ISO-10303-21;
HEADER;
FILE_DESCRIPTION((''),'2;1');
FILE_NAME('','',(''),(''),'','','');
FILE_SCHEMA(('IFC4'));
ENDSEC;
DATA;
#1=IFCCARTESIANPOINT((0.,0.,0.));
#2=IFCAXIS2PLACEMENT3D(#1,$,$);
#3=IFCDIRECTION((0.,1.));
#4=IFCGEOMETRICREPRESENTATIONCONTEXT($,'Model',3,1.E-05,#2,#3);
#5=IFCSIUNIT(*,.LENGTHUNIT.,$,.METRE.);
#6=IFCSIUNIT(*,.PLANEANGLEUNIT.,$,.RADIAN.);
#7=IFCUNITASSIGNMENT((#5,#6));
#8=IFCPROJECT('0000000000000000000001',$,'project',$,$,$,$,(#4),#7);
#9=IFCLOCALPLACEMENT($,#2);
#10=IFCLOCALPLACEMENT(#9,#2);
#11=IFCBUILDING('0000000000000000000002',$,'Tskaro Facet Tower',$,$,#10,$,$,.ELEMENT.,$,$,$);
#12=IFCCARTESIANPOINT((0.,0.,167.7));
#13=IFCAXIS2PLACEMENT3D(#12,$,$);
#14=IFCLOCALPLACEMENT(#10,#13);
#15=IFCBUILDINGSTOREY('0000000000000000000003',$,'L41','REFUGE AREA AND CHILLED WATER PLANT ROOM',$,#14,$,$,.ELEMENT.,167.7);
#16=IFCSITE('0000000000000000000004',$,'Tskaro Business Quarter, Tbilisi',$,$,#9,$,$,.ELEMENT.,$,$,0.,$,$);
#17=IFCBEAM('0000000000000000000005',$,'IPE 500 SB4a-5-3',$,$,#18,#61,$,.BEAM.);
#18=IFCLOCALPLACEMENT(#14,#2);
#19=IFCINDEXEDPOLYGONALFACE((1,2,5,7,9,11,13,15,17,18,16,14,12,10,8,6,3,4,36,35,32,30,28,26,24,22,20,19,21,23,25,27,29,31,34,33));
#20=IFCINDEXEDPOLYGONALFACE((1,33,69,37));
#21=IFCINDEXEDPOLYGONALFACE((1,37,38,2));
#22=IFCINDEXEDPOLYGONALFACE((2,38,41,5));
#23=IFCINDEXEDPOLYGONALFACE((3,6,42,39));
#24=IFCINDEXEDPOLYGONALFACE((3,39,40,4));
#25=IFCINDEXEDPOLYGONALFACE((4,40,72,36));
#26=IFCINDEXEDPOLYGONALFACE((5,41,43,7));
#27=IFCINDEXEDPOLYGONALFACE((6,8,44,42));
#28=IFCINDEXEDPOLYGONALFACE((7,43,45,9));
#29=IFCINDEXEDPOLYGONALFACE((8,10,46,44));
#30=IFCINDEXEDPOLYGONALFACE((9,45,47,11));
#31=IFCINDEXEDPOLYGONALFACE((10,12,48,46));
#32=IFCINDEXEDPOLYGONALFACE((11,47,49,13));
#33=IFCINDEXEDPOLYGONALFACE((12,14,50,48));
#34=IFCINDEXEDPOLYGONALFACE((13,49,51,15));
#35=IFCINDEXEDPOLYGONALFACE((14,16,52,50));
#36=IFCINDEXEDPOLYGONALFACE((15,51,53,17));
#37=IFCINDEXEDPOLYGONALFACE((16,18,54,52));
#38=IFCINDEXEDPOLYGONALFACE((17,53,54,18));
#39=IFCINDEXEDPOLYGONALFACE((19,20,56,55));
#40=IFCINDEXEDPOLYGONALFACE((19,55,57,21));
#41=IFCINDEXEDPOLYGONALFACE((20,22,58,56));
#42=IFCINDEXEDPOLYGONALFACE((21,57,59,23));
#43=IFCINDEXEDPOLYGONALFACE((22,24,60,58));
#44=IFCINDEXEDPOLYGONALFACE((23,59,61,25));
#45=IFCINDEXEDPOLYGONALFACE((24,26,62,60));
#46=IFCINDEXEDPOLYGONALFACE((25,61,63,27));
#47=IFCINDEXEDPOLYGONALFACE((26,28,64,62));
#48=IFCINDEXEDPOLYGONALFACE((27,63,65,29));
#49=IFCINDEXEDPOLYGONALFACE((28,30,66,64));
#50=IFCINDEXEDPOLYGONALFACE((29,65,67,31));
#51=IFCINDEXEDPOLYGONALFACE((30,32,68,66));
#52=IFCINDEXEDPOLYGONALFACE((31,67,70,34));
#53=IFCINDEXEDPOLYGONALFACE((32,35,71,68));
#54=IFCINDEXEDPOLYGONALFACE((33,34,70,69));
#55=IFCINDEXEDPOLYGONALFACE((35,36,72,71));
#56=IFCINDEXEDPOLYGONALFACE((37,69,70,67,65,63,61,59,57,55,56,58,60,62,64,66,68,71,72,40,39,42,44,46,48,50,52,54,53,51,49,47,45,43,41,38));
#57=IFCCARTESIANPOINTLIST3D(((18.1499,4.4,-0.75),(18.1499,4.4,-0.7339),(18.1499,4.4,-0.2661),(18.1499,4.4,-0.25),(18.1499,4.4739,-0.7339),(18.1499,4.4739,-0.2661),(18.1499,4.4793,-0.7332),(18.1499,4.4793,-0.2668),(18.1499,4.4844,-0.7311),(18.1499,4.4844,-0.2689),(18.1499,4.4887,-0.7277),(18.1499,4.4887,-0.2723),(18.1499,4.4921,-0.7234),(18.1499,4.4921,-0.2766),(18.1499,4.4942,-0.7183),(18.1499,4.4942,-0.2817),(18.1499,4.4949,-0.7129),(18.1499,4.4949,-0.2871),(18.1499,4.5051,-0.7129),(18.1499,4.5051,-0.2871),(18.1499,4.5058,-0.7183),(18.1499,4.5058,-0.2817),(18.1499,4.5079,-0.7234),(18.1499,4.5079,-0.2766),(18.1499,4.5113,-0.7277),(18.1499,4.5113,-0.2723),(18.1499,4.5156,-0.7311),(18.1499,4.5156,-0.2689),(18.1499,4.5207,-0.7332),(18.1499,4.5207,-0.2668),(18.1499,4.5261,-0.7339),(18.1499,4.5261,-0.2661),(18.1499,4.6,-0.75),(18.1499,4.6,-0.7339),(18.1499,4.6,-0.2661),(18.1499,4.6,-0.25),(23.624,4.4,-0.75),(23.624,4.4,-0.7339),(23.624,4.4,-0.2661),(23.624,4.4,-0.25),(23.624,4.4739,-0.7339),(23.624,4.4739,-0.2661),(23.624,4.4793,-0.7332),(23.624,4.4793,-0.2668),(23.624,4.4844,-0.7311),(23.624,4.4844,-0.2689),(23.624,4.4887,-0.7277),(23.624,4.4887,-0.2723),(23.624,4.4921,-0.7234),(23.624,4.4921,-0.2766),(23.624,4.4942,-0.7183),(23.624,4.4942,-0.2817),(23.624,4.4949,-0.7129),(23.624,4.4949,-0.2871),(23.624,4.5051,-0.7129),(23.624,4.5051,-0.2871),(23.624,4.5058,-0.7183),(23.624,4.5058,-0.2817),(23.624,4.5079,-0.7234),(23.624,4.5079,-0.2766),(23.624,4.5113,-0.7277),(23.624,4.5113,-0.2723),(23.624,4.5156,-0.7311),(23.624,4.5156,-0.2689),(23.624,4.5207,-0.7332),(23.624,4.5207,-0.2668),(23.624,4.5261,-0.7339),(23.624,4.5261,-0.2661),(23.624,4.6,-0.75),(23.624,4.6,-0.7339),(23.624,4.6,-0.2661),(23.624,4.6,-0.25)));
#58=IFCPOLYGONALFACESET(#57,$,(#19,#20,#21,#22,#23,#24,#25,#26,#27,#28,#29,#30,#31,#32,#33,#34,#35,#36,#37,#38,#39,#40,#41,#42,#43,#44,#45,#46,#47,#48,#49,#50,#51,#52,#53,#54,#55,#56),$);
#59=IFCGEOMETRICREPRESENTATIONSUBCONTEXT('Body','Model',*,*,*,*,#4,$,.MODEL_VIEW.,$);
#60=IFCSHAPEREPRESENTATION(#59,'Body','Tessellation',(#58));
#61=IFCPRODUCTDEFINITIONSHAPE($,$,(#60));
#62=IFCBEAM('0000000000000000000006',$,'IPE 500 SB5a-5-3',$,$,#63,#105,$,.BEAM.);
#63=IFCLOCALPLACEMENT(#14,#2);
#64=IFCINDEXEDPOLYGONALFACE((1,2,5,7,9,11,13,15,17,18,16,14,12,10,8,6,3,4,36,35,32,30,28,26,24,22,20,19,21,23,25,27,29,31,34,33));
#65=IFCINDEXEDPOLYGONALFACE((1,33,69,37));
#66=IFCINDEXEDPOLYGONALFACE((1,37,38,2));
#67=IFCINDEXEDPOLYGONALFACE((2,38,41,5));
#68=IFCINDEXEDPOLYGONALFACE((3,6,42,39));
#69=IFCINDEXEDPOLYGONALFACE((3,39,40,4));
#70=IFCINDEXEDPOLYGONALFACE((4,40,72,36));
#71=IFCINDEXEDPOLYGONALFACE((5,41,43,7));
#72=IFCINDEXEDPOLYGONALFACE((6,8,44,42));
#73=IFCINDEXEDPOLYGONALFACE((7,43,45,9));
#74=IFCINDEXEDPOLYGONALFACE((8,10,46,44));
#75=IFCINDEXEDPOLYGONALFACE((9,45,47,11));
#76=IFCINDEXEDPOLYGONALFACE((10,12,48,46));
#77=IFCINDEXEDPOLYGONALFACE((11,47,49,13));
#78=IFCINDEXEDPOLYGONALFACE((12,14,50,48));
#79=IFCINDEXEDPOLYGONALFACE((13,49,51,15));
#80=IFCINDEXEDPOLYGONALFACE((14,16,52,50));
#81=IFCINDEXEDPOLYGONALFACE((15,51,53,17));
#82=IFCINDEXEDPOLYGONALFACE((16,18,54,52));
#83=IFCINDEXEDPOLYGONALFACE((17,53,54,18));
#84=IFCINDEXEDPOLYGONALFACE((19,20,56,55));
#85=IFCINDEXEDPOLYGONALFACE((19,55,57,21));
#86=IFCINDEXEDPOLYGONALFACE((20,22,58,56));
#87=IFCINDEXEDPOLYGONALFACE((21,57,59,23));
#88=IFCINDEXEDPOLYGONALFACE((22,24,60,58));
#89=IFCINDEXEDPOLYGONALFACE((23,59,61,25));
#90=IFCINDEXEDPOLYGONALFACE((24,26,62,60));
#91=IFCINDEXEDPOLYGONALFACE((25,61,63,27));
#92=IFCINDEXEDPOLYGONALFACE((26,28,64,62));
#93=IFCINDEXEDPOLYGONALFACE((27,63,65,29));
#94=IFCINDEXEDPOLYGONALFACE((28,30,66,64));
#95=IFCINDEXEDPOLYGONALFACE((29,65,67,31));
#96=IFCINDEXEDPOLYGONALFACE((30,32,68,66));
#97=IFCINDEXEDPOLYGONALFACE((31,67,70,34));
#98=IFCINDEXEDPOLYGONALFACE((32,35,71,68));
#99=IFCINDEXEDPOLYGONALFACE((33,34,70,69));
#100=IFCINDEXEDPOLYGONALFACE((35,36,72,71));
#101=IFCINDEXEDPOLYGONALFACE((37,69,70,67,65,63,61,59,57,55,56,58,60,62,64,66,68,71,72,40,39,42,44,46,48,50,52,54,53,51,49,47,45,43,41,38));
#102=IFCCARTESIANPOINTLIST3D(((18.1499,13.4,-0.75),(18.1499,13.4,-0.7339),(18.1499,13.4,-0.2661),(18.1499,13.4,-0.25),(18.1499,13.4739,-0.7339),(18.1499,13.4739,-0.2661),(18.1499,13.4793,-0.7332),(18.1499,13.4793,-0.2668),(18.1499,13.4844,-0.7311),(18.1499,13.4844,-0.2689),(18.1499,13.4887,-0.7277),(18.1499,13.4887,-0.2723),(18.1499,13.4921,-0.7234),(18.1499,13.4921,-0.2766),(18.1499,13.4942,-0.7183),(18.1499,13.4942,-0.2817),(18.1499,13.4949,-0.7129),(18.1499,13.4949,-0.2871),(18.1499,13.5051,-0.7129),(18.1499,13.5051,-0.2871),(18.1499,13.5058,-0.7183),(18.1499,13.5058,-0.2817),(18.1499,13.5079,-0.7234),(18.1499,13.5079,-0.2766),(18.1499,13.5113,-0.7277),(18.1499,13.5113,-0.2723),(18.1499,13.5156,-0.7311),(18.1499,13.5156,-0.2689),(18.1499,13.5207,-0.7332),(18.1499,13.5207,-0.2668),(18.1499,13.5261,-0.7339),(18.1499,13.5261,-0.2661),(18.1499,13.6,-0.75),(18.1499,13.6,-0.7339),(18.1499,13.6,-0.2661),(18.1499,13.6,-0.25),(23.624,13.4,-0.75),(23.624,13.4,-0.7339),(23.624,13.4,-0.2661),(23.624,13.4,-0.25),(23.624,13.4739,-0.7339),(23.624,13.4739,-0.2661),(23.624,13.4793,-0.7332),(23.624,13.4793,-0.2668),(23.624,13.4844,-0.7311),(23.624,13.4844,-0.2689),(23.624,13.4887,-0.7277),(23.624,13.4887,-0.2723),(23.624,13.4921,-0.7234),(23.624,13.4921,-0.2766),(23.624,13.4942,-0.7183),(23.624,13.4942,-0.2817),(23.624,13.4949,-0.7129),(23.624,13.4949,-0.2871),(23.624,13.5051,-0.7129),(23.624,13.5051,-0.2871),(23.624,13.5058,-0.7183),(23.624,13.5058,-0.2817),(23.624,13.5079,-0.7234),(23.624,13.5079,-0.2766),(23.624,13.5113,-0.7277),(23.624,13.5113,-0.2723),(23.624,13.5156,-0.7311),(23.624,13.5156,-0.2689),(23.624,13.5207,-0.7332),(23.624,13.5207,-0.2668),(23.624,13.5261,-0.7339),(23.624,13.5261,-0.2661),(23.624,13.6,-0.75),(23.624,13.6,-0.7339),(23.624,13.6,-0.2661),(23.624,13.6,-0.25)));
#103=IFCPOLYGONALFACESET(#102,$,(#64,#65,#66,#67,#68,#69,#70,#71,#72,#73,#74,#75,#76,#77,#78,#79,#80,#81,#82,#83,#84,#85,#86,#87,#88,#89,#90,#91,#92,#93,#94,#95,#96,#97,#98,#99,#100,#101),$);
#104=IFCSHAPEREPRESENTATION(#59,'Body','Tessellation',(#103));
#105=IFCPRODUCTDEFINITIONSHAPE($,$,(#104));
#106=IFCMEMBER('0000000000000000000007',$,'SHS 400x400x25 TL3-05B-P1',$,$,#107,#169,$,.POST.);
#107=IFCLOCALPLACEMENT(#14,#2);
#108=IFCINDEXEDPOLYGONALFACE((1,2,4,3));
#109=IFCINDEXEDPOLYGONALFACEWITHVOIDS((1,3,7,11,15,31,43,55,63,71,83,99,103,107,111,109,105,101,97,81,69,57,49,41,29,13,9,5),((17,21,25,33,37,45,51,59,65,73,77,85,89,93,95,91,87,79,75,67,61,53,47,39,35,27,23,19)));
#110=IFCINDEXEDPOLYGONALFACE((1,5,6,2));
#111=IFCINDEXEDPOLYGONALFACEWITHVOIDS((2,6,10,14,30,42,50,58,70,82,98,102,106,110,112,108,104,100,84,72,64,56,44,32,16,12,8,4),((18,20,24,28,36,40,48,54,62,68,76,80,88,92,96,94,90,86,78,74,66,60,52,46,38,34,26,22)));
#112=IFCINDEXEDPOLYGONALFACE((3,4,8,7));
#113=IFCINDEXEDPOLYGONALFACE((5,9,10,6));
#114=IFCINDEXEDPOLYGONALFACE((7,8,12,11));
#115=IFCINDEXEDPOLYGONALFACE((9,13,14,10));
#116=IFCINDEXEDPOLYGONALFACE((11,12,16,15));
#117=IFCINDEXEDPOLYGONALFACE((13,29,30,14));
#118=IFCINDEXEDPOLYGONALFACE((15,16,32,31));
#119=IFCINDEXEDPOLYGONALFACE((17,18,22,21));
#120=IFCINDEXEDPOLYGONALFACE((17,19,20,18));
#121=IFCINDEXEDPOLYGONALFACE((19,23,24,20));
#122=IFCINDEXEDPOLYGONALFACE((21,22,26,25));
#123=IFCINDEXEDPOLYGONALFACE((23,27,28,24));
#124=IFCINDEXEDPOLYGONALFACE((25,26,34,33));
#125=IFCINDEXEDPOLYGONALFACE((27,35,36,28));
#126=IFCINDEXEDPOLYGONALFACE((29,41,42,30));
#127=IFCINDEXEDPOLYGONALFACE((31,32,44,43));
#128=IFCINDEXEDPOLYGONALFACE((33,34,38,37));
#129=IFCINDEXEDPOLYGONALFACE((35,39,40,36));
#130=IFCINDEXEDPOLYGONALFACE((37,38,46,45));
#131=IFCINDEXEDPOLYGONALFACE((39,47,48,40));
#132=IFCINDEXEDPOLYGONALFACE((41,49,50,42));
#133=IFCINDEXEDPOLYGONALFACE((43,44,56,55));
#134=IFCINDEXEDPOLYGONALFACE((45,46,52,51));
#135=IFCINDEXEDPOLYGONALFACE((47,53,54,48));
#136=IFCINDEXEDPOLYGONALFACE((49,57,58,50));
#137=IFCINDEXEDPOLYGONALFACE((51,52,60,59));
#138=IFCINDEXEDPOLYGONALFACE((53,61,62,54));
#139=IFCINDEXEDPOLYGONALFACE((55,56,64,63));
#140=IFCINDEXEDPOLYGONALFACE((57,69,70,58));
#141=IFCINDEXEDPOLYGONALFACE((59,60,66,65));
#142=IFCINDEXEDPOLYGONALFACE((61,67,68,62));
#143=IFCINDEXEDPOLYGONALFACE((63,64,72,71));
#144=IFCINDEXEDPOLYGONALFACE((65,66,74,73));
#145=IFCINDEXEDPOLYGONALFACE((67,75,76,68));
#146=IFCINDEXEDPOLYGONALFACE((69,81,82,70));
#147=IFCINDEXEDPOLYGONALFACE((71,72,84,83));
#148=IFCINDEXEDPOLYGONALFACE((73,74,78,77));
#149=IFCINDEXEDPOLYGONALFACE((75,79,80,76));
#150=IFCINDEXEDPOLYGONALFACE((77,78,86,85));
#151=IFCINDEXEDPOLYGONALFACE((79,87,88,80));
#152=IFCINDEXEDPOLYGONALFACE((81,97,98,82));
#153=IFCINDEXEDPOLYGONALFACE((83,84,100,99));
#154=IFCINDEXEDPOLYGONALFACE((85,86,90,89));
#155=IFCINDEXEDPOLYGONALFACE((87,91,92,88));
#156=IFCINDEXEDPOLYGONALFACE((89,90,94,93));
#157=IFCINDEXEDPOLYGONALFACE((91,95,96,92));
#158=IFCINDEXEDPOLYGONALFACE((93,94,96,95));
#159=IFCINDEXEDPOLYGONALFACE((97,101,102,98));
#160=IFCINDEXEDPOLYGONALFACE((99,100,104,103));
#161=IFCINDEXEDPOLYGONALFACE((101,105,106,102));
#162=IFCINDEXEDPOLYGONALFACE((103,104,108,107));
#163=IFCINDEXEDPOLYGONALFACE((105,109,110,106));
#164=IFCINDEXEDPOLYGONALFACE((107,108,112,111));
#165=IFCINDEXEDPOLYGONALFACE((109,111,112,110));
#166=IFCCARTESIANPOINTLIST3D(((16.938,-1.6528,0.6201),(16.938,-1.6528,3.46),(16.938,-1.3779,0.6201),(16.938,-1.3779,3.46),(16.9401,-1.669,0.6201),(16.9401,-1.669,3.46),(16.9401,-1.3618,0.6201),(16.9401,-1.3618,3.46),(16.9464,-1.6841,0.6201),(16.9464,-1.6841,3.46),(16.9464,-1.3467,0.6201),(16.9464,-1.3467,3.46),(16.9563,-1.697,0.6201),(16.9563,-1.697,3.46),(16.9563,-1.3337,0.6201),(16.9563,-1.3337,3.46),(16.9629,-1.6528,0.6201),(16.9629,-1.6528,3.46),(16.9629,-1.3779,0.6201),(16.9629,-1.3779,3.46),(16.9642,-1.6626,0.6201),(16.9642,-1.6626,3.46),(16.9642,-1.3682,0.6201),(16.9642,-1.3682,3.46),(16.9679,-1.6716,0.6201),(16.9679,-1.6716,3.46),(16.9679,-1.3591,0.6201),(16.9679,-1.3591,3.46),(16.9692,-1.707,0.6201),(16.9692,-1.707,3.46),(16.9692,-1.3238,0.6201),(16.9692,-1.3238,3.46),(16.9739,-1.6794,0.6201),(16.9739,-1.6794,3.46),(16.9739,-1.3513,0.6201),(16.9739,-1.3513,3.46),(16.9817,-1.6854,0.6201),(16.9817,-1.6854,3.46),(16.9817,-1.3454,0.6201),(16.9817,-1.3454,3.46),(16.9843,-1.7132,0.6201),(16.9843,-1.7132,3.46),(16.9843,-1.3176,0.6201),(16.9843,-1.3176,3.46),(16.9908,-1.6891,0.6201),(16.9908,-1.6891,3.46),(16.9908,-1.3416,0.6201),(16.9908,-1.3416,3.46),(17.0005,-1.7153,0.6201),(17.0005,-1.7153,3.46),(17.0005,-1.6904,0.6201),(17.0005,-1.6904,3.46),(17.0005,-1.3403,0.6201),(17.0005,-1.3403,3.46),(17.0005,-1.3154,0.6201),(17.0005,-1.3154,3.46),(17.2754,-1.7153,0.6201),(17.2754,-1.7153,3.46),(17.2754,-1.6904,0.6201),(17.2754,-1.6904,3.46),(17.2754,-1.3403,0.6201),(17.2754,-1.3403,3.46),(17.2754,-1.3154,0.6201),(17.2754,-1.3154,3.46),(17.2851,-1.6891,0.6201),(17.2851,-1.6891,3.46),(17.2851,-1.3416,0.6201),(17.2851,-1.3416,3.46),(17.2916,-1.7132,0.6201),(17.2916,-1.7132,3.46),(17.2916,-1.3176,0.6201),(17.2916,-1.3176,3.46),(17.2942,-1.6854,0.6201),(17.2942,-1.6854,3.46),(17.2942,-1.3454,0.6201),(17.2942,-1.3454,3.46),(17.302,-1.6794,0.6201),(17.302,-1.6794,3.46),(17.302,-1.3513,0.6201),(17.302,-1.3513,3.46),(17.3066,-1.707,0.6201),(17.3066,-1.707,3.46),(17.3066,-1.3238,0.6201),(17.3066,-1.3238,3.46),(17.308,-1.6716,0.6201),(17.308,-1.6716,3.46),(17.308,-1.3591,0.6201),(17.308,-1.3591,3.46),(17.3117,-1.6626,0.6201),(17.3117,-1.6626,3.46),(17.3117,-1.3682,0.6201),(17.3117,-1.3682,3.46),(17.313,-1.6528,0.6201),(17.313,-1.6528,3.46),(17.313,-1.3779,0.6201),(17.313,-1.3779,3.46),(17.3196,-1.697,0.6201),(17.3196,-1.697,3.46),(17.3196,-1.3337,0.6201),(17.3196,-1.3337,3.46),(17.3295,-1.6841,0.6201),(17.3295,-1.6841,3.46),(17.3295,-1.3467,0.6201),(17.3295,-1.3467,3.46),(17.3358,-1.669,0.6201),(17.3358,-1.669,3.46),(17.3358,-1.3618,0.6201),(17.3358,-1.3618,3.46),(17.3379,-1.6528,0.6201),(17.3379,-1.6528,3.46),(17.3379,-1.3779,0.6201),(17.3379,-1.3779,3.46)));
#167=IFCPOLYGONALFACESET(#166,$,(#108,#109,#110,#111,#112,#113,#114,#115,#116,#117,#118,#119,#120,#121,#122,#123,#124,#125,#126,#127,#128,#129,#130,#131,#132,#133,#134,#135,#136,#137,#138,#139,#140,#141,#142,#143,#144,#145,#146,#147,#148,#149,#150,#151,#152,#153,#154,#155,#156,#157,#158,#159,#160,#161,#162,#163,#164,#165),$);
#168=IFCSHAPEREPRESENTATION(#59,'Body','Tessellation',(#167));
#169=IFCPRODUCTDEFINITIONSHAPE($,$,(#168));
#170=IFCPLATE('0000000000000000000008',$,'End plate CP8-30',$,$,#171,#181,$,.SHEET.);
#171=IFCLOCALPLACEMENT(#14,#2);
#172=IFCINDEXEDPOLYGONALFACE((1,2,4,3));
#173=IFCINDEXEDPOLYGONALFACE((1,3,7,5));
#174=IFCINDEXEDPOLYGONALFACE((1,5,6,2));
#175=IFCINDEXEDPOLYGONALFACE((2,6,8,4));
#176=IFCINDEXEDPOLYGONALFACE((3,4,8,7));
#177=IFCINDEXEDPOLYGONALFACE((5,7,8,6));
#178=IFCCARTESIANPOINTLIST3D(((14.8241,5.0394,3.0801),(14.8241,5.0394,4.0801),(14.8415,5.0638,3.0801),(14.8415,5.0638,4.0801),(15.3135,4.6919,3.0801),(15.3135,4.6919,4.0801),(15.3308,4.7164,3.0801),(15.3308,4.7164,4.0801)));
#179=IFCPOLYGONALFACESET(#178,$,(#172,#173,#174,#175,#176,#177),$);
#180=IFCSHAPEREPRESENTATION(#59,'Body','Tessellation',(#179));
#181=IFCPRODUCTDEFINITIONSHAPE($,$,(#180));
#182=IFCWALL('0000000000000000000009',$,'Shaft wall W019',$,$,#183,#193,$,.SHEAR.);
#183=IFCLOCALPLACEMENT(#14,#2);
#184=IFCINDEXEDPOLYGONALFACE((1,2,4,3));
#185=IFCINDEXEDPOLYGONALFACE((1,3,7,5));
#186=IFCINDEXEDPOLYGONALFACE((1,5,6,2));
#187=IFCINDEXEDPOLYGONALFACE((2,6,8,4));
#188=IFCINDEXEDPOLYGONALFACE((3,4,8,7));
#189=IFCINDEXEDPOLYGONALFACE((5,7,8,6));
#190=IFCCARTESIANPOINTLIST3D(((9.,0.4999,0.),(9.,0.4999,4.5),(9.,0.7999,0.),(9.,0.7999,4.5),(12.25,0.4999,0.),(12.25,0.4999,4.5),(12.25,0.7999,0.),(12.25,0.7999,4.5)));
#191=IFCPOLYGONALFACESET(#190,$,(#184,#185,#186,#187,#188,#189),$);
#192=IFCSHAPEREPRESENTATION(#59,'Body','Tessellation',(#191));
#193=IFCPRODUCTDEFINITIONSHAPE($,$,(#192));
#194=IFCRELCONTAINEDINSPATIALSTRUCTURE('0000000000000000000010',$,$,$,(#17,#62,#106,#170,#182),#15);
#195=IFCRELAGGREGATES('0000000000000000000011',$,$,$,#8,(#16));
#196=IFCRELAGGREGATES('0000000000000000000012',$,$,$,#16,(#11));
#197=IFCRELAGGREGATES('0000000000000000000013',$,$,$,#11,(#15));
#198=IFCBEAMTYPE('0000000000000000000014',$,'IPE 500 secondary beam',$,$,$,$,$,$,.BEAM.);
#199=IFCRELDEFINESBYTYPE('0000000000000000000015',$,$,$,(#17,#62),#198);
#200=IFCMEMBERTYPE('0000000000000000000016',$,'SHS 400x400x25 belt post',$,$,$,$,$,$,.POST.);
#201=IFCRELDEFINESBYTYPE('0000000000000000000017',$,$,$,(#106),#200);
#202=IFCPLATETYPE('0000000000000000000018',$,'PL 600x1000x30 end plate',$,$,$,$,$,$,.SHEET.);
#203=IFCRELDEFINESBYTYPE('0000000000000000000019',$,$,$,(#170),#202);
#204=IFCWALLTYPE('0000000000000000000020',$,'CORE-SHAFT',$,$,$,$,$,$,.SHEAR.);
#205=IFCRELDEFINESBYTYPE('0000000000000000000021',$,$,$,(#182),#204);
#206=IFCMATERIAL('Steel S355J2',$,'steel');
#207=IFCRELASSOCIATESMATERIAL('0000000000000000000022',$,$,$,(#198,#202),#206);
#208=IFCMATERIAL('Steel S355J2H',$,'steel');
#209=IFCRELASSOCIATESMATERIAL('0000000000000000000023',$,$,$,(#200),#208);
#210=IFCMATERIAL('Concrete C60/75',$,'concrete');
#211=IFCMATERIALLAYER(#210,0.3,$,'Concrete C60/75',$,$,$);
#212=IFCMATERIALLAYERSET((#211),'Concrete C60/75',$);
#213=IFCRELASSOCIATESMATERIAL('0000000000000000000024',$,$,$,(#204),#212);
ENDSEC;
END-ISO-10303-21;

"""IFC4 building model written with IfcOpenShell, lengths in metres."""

from ifc_helpers import new_model, si_unit, direction, frame, frame_2d, origin, origin_2d, place, context, subcontext, project, spatial, rectangle, hollow_rectangle, i_section, extrude, material, layer, layer_set, material_profile, profile_set, type_object, element, save


model = new_model("IFC4")

# Units and contexts
model_context = context("Model", 3, precision=1e-05, world=origin(), true_north=direction((0.0, 1.0)))
body_context = subcontext(model_context, "Body", "Model", "MODEL_VIEW")
ifc_project = project(units=[si_unit("LENGTHUNIT", "METRE"), si_unit("PLANEANGLEUNIT", "RADIAN")], contexts=[model_context])

# Site, building, storey
site_placement = place(None, origin())
site = spatial("IfcSite", under=ifc_project, at=site_placement, Name="Tskaro Business Quarter, Tbilisi", CompositionType="ELEMENT", RefElevation=0.0)
building_placement = place(site_placement, origin())
building = spatial("IfcBuilding", under=site, at=building_placement, Name="Tskaro Facet Tower", CompositionType="ELEMENT")
storey_placement = place(building_placement, frame((0.0, 0.0, 167.7)))
storey = spatial("IfcBuildingStorey", under=building, at=storey_placement, Name="L41", Description="REFUGE AREA AND CHILLED WATER PLANT ROOM", CompositionType="ELEMENT", Elevation=167.7)

# Shared definitions
ifc_material_1 = material(Name="Steel S355J2H", Category="steel")

# Shared definitions
ifc_material_2 = material(Name="Steel S355J2", Category="steel")

# Beams
ifc_material_profile_1 = material_profile(ifc_material_2, i_section(OverallWidth=0.2, OverallDepth=0.5, WebThickness=0.0103, FlangeThickness=0.0161, FilletRadius=0.021, at=origin_2d()), Name="IPE 500")
ifc_profile_set_1 = profile_set([ifc_material_profile_1], Name="Steel S355J2")
beam_type_1 = type_object("IfcBeamType", Name="IPE 500 secondary beam", PredefinedType="BEAM", material=ifc_profile_set_1)
for number, where, z_axis, x_axis, name in (
    (1, (18.1499, 4.5, -0.5), (1.0, 0.0, 0.0), (0.0, 1.0, 0.0), "IPE 500 SB4a-5-3"),
    (2, (18.1499, 13.5, -0.5), (1.0, 0.0, 0.0), (0.0, 1.0, 0.0), "IPE 500 SB5a-5-3"),
):
    element("IfcBeam", number, at=place(storey_placement, frame(where, z_axis=z_axis, x_axis=x_axis)), inside=storey, type_object=beam_type_1, Name=name, PredefinedType="BEAM", context=body_context, shape_type="SweptSolid", body=[
        extrude(i_section(OverallWidth=0.2, OverallDepth=0.5, WebThickness=0.0103, FlangeThickness=0.0161, FilletRadius=0.021, at=origin_2d()), origin(), (0.0, 0.0, 1.0), 5.4741),
    ])

# Member
ifc_material_profile_2 = material_profile(ifc_material_1, hollow_rectangle(XDim=0.3999, YDim=0.3999, WallThickness=0.0249, InnerFilletRadius=0.0376, OuterFilletRadius=0.0625, at=origin_2d()), Name="SHS 400x400x25")
ifc_profile_set_2 = profile_set([ifc_material_profile_2], Name="Steel S355J2H")
member_type_1 = type_object("IfcMemberType", Name="SHS 400x400x25 belt post", PredefinedType="POST", material=ifc_profile_set_2)
member_1_placement = place(storey_placement, frame((17.1379, -1.5154, 0.6201), z_axis=(0.0, 0.0, 1.0), x_axis=(1.0, 0.0, 0.0)))
element("IfcMember", 3, at=member_1_placement, inside=storey, type_object=member_type_1, Name="SHS 400x400x25 TL3-05B-P1", PredefinedType="POST", context=body_context, shape_type="SweptSolid", body=[
    extrude(hollow_rectangle(XDim=0.3999, YDim=0.3999, WallThickness=0.0249, InnerFilletRadius=0.0376, OuterFilletRadius=0.0625, at=origin_2d()), origin(), (0.0, 0.0, 1.0), 2.8398),
])

# Plate
ifc_material_profile_3 = material_profile(ifc_material_2, rectangle(XDim=0.6001, YDim=1.0, at=origin_2d()), Name="PL 600x1000x30 end plate")
ifc_profile_set_3 = profile_set([ifc_material_profile_3], Name="Steel S355J2")
plate_type = type_object("IfcPlateType", Name="PL 600x1000x30 end plate", PredefinedType="SHEET", material=ifc_profile_set_3)
plate_placement = place(storey_placement, frame((15.0862, 4.8901, 3.5801), z_axis=(-0.578922, -0.815383, 0.0), x_axis=(0.815383, -0.578922, 0.0)))
element("IfcPlate", 4, at=plate_placement, inside=storey, type_object=plate_type, Name="End plate CP8-30", PredefinedType="SHEET", context=body_context, shape_type="SweptSolid", body=[
    extrude(rectangle(XDim=0.6001, YDim=1.0, at=origin_2d()), origin(), (0.0, 0.0, 1.0), 0.03),
])

# Wall
ifc_material_3 = material(Name="Concrete C60/75", Category="concrete")
ifc_layer_1 = layer(ifc_material_3, 0.3, Name="Concrete C60/75")
ifc_layer_set_1 = layer_set([ifc_layer_1], Name="Concrete C60/75")
wall_type_1 = type_object("IfcWallType", Name="CORE-SHAFT", PredefinedType="SHEAR", material=ifc_layer_set_1)
wall_1_placement = place(storey_placement, frame((12.25, 0.6499, 0.0), z_axis=(0.0, 0.0, 1.0), x_axis=(-1.0, 0.0, 0.0)))
element("IfcWall", 5, at=wall_1_placement, inside=storey, type_object=wall_type_1, Name="Shaft wall W019", PredefinedType="SHEAR", context=body_context, shape_type="SweptSolid", body=[
    extrude(rectangle(XDim=3.25, YDim=0.3, at=frame_2d((1.625, 0.0))), origin(), (0.0, 0.0, 1.0), 4.5),
])

save(model, "model.ifc")
